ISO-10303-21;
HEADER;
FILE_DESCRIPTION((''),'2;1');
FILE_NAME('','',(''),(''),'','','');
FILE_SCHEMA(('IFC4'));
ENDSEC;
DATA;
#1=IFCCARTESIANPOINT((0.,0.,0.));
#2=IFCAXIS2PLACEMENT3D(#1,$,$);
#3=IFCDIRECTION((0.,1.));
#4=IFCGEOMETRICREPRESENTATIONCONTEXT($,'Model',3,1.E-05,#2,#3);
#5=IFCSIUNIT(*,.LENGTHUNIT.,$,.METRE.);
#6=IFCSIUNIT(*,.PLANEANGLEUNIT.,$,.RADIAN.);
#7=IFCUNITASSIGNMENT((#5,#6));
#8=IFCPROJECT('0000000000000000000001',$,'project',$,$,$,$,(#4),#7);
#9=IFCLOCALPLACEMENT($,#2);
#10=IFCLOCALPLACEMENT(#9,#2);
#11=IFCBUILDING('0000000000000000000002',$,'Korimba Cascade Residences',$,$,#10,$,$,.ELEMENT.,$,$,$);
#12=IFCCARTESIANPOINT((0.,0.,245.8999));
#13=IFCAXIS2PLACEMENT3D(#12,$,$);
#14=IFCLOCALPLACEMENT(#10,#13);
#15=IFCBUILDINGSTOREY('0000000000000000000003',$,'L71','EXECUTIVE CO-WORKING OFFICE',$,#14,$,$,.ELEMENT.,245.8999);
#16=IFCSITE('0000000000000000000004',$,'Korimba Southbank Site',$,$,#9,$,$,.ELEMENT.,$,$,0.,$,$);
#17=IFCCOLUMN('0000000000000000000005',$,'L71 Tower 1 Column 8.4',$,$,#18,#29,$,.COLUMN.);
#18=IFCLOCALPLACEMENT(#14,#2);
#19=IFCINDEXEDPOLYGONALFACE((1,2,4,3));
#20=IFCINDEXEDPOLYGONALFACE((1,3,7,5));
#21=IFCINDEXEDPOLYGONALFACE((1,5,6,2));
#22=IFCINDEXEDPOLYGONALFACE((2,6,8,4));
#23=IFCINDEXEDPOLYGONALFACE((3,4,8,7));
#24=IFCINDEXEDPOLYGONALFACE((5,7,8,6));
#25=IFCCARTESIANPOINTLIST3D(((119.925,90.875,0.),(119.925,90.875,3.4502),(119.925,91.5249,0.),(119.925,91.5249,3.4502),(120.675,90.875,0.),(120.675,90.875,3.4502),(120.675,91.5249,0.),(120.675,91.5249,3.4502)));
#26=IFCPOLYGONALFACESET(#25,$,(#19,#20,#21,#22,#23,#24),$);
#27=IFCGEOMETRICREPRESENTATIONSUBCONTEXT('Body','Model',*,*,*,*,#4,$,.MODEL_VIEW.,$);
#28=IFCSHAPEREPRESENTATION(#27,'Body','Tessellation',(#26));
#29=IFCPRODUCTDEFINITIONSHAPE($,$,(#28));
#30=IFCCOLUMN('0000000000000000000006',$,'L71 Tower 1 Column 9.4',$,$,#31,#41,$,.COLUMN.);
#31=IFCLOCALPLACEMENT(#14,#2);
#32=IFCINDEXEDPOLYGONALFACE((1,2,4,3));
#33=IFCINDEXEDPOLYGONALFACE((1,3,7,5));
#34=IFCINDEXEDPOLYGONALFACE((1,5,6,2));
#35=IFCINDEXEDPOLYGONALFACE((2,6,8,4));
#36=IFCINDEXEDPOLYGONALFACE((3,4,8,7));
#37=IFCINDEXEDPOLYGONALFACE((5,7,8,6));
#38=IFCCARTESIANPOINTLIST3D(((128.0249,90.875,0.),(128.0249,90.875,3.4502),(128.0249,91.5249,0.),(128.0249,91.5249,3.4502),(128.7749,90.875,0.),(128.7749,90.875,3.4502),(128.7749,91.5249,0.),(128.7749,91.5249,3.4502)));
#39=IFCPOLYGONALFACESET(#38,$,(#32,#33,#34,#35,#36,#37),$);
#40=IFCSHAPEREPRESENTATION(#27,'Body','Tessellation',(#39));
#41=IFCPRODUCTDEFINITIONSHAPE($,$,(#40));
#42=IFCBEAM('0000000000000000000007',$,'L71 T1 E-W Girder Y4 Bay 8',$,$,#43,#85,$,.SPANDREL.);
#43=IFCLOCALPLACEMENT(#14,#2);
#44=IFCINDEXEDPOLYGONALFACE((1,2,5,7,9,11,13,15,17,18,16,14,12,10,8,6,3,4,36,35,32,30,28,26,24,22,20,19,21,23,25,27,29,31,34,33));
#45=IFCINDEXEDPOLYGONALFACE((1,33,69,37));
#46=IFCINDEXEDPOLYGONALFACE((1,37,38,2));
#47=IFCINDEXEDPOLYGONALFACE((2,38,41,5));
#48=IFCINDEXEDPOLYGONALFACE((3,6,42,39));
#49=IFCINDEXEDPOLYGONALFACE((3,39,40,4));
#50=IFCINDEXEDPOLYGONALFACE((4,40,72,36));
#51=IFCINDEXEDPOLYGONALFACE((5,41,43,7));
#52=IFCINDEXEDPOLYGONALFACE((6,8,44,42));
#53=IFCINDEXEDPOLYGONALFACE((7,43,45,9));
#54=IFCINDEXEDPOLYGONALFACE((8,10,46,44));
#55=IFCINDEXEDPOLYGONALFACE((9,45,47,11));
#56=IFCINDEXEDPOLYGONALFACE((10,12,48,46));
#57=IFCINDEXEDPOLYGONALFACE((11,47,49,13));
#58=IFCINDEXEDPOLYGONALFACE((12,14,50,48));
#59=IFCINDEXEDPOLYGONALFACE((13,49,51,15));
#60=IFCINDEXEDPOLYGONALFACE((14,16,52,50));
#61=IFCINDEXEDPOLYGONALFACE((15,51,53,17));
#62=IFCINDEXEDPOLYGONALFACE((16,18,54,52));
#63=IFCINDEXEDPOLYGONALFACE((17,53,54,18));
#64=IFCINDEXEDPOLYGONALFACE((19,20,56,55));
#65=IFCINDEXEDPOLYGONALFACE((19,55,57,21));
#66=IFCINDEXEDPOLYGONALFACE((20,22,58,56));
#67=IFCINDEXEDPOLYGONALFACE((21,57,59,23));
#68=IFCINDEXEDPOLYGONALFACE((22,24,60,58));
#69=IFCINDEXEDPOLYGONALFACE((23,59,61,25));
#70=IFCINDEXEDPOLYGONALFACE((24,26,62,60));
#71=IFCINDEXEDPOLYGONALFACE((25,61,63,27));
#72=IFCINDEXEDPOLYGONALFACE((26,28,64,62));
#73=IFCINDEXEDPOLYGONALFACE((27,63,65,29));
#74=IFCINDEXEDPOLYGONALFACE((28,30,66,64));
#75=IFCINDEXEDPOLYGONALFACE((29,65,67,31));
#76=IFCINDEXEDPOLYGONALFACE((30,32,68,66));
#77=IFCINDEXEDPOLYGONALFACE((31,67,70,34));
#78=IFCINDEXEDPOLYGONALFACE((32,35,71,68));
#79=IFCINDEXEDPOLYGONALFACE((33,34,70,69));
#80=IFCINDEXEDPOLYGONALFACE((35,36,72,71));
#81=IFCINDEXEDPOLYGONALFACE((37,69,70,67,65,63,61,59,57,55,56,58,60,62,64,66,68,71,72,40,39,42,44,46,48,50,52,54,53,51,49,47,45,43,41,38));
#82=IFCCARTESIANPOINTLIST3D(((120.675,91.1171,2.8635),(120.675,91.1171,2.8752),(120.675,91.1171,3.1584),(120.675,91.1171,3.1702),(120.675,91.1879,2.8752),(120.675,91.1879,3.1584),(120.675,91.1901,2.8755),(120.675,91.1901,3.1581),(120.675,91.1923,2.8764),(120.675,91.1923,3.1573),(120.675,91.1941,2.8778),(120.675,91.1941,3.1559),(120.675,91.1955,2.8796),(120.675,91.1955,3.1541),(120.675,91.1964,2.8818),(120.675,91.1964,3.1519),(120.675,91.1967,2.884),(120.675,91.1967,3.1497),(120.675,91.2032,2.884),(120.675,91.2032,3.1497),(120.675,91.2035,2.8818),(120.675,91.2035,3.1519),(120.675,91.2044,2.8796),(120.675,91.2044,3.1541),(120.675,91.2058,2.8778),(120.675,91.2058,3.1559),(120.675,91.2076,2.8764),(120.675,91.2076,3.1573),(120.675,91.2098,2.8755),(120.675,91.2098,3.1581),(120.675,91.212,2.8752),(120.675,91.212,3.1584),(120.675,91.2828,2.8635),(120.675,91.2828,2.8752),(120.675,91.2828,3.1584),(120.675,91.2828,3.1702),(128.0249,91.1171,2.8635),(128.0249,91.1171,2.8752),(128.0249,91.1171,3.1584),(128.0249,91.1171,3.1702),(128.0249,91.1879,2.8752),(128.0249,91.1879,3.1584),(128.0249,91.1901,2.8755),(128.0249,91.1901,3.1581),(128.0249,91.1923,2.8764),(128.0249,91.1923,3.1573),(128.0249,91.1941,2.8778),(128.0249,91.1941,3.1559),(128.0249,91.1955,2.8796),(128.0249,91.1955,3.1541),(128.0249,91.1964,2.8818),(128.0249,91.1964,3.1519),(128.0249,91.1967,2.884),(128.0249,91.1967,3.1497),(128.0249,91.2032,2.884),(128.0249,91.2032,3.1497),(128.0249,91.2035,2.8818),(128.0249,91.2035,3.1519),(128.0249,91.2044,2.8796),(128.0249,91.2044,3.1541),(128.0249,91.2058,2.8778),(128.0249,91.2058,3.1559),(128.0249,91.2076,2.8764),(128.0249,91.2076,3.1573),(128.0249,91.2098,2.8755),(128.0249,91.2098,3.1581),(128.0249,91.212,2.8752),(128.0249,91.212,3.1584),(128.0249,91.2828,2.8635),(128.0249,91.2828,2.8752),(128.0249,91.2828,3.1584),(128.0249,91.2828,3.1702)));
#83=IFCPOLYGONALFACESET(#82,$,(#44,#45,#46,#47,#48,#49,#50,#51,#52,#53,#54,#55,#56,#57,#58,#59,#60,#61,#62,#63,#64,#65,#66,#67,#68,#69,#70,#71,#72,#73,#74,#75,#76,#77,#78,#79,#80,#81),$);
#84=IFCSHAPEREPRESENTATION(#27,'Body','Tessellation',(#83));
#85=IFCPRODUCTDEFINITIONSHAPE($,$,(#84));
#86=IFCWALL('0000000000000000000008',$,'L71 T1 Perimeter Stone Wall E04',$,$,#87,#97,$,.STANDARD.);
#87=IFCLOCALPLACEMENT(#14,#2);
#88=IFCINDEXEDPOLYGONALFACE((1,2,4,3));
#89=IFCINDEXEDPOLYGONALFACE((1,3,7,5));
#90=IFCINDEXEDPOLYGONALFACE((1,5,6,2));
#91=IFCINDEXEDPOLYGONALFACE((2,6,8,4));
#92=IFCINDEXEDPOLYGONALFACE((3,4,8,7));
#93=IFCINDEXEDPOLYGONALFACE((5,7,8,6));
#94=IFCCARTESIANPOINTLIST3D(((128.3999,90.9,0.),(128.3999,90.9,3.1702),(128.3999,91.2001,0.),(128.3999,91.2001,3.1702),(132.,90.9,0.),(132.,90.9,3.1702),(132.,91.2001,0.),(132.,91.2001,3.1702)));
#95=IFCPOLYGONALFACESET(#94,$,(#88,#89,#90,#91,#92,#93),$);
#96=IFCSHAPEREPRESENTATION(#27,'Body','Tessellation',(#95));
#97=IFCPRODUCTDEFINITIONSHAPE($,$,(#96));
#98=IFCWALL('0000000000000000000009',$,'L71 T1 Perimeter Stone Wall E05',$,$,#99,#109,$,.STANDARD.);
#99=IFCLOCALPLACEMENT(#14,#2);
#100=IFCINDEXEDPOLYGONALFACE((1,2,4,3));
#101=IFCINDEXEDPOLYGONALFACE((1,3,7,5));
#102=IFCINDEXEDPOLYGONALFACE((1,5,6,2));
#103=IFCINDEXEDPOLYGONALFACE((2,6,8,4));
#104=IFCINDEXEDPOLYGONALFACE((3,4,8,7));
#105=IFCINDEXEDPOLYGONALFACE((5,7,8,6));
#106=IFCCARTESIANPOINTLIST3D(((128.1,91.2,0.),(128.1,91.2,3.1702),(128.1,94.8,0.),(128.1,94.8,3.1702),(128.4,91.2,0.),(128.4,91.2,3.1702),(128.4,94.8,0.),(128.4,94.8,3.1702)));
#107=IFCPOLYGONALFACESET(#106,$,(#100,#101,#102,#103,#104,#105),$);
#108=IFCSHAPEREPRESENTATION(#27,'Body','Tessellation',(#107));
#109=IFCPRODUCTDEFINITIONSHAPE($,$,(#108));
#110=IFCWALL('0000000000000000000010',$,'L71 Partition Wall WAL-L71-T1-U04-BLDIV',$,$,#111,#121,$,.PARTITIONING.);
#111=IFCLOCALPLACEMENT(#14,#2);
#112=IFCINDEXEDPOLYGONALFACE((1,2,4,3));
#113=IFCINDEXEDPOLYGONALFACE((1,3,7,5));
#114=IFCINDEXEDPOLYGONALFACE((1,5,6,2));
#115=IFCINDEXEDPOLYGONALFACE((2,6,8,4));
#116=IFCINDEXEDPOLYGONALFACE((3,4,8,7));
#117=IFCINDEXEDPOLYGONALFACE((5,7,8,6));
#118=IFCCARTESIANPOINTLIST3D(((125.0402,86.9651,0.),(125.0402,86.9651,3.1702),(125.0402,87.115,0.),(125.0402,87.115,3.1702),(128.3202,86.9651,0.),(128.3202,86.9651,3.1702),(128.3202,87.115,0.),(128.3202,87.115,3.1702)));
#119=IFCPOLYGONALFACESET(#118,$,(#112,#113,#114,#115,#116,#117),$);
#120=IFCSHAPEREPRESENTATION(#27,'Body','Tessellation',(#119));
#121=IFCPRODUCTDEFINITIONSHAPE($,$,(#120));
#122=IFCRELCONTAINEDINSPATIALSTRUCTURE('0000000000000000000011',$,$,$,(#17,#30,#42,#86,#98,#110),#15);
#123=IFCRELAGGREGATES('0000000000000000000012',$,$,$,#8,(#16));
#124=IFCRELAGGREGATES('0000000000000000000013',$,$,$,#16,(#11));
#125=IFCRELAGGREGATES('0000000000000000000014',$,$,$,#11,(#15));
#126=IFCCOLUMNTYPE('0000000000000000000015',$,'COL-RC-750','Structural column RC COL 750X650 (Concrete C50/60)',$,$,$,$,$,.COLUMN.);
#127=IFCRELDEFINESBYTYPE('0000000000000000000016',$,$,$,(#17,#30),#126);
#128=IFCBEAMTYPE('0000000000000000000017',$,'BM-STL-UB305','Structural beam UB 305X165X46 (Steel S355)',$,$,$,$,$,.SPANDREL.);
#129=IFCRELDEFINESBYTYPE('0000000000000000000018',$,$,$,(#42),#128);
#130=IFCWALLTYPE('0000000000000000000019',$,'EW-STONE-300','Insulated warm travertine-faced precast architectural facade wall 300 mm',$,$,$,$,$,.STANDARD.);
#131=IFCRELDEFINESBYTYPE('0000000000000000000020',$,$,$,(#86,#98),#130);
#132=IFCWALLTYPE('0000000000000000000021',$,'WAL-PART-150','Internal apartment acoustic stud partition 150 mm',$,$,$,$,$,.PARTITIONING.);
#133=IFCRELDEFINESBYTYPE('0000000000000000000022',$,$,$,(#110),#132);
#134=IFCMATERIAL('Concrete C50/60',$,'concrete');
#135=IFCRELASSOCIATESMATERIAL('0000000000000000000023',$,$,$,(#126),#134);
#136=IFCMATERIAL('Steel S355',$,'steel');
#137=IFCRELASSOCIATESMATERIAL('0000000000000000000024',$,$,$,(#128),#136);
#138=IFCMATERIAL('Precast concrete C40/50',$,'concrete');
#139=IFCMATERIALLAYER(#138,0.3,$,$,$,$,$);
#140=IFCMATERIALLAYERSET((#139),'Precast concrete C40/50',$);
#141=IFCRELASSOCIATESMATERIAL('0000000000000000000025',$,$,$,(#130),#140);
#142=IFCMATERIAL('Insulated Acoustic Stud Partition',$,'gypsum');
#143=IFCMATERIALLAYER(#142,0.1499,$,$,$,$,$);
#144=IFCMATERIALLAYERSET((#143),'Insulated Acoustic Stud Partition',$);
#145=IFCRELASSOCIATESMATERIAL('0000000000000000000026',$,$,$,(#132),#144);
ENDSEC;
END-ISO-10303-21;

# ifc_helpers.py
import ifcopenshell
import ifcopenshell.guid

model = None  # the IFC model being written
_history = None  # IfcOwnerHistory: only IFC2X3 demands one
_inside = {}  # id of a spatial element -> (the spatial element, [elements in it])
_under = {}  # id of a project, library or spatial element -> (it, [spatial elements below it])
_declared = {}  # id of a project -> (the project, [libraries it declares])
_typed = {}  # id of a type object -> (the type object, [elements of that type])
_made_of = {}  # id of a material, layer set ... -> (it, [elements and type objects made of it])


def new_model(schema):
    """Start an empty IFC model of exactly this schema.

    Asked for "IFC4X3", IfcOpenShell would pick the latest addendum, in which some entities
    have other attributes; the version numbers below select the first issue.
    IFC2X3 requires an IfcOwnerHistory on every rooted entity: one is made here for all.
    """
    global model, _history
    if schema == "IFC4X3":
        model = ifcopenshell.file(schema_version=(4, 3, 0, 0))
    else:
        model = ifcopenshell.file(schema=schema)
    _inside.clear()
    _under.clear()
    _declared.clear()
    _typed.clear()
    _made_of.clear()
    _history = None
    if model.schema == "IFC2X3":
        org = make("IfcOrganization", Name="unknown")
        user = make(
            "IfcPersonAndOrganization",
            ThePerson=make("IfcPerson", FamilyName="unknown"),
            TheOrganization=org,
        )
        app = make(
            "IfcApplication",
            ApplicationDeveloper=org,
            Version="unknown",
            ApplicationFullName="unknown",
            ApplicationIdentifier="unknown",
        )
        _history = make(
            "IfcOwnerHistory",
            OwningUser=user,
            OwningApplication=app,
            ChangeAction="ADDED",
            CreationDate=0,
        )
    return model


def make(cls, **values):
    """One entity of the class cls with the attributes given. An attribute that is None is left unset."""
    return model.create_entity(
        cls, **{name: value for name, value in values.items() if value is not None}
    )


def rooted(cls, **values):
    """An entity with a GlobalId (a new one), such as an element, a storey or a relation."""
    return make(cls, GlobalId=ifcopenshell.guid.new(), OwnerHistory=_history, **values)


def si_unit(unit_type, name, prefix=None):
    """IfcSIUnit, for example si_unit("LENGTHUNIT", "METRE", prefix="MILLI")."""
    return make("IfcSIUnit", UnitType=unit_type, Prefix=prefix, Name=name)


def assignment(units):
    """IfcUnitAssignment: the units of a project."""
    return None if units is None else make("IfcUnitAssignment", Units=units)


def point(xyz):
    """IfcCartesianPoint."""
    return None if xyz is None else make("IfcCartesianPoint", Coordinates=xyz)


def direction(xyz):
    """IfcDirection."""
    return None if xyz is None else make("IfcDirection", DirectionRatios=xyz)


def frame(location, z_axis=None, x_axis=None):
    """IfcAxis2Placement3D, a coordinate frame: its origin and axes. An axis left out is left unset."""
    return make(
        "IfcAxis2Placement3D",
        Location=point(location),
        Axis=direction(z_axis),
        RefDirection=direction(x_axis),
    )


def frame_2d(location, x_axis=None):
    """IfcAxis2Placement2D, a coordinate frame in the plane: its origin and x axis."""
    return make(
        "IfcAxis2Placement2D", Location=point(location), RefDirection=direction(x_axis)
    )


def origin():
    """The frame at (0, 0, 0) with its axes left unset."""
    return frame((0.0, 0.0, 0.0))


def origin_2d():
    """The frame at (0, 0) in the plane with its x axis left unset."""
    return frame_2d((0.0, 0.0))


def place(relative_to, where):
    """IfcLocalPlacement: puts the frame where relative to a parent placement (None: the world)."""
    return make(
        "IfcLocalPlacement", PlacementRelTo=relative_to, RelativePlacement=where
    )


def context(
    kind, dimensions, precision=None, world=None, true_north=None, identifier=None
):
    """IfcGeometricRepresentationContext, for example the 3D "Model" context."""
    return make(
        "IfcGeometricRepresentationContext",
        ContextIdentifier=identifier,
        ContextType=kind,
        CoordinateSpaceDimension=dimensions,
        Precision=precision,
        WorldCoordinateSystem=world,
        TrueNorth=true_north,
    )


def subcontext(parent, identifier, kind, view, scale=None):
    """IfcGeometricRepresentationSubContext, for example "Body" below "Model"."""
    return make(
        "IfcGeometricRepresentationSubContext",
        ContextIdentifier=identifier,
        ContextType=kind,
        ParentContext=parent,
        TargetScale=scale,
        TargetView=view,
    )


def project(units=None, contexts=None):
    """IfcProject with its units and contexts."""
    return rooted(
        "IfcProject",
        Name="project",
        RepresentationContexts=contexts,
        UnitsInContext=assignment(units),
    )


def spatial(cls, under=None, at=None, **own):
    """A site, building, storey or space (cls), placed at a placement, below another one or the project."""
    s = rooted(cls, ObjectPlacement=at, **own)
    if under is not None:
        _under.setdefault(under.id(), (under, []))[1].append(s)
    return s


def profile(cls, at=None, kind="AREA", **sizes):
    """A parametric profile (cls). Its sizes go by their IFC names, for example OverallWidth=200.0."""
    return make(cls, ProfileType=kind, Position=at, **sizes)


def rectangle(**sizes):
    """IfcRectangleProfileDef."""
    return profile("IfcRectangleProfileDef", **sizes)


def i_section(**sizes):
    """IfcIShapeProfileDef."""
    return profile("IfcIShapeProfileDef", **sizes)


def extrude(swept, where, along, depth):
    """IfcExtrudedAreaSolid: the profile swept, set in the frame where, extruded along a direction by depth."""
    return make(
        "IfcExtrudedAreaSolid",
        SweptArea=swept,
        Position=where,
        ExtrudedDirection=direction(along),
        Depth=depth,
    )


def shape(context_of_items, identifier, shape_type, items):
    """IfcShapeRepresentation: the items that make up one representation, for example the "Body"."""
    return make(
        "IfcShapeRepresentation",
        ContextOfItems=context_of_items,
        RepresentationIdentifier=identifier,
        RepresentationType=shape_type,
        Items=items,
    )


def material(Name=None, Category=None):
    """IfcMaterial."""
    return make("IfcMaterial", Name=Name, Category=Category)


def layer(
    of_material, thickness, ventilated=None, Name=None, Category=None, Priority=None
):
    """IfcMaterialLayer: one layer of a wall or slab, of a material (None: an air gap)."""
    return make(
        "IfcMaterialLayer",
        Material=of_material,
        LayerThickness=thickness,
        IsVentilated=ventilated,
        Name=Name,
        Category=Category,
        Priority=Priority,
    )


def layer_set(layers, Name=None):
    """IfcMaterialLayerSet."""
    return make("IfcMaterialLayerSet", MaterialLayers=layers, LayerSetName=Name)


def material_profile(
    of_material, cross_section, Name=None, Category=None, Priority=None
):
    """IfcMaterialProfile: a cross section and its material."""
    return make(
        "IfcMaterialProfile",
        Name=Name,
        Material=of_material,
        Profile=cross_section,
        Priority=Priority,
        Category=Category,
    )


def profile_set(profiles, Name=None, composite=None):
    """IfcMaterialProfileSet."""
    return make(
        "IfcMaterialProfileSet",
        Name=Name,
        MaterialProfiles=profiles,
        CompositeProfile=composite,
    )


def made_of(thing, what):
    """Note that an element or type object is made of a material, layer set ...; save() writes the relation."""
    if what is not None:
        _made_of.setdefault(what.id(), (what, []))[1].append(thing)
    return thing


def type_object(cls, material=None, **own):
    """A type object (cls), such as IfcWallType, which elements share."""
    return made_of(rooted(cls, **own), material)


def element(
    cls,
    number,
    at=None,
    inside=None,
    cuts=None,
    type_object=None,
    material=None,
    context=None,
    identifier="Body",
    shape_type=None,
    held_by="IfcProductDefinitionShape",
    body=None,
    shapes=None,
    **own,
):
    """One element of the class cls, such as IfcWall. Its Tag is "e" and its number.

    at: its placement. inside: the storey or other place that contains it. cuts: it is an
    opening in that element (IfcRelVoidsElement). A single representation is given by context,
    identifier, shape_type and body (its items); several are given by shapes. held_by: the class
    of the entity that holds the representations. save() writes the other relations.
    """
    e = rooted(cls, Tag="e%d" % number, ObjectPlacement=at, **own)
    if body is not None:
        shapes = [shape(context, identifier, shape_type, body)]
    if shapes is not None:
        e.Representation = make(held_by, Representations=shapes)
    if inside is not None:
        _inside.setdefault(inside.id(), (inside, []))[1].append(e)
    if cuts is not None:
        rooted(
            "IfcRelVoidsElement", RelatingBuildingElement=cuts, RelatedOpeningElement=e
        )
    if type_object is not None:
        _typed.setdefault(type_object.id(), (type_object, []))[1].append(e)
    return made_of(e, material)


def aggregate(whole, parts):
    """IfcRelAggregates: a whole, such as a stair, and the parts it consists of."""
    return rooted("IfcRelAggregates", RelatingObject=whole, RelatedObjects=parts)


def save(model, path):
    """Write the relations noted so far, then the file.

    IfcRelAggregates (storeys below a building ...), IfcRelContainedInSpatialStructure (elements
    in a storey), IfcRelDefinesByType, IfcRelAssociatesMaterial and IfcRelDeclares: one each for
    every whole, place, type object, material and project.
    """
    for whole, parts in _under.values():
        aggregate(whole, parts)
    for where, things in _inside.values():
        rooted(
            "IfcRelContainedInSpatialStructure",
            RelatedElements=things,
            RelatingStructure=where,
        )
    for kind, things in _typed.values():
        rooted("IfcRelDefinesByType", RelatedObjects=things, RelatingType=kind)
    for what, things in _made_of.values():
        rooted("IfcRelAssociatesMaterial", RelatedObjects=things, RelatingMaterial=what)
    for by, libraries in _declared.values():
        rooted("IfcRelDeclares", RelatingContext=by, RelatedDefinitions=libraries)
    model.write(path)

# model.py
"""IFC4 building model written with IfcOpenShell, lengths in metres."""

from ifc_helpers import new_model, si_unit, direction, frame, frame_2d, origin, origin_2d, place, context, subcontext, project, spatial, rectangle, i_section, extrude, material, layer, layer_set, material_profile, profile_set, type_object, element, save


model = new_model("IFC4")

# Units and contexts
model_context = context("Model", 3, precision=1e-05, world=origin(), true_north=direction((0.0, 1.0)))
body_context = subcontext(model_context, "Body", "Model", "MODEL_VIEW")
ifc_project = project(units=[si_unit("LENGTHUNIT", "METRE"), si_unit("PLANEANGLEUNIT", "RADIAN")], contexts=[model_context])

# Site, building, storey
site_placement = place(None, origin())
site = spatial("IfcSite", under=ifc_project, at=site_placement, Name="Korimba Southbank Site", CompositionType="ELEMENT", RefElevation=0.0)
building_placement = place(site_placement, origin())
building = spatial("IfcBuilding", under=site, at=building_placement, Name="Korimba Cascade Residences", CompositionType="ELEMENT")
storey_placement = place(building_placement, frame((0.0, 0.0, 245.8999)))
storey = spatial("IfcBuildingStorey", under=building, at=storey_placement, Name="L71", Description="EXECUTIVE CO-WORKING OFFICE", CompositionType="ELEMENT", Elevation=245.8999)

# Columns
ifc_material_1 = material(Name="Concrete C50/60", Category="concrete")
ifc_material_profile_1 = material_profile(ifc_material_1, rectangle(XDim=0.75, YDim=0.6499, at=origin_2d()), Name="Concrete C50/60")
ifc_profile_set_1 = profile_set([ifc_material_profile_1], Name="Concrete C50/60")
column_type = type_object("IfcColumnType", Name="COL-RC-750", Description="Structural column RC COL 750X650 (Concrete C50/60)", PredefinedType="COLUMN", material=ifc_profile_set_1)
for number, where, z_axis, x_axis, name in (
    (1, (120.3, 91.2, 0.0), (0.0, 0.0, 1.0), (1.0, 0.0, 0.0), "L71 Tower 1 Column 8.4"),
    (2, (128.3999, 91.2, 0.0), (0.0, 0.0, 1.0), (1.0, 0.0, 0.0), "L71 Tower 1 Column 9.4"),
):
    element("IfcColumn", number, at=place(storey_placement, frame(where, z_axis=z_axis, x_axis=x_axis)), inside=storey, type_object=column_type, Name=name, PredefinedType="COLUMN", context=body_context, shape_type="SweptSolid", body=[
        extrude(rectangle(XDim=0.75, YDim=0.6499, at=origin_2d()), origin(), (0.0, 0.0, 1.0), 3.4502),
    ])

# Beam
ifc_material_2 = material(Name="Steel S355", Category="steel")
ifc_material_profile_2 = material_profile(ifc_material_2, i_section(OverallWidth=0.1658, OverallDepth=0.3066, WebThickness=0.0066, FlangeThickness=0.0117, FilletRadius=0.0088, at=origin_2d()), Name="Steel S355")
ifc_profile_set_2 = profile_set([ifc_material_profile_2], Name="Steel S355")
beam_type = type_object("IfcBeamType", Name="BM-STL-UB305", Description="Structural beam UB 305X165X46 (Steel S355)", PredefinedType="SPANDREL", material=ifc_profile_set_2)
beam_placement = place(storey_placement, frame((120.675, 91.2, 3.0168), z_axis=(1.0, 0.0, 0.0), x_axis=(0.0, 1.0, 0.0)))
element("IfcBeam", 3, at=beam_placement, inside=storey, type_object=beam_type, Name="L71 T1 E-W Girder Y4 Bay 8", PredefinedType="SPANDREL", context=body_context, shape_type="SweptSolid", body=[
    extrude(i_section(OverallWidth=0.1658, OverallDepth=0.3066, WebThickness=0.0066, FlangeThickness=0.0117, FilletRadius=0.0088, at=origin_2d()), origin(), (0.0, 0.0, 1.0), 7.3499),
])

# Shared definitions
ifc_material_3 = material(Name="Precast concrete C40/50", Category="concrete")

# Walls
ifc_layer_1 = layer(ifc_material_3, 0.3)
ifc_layer_set_1 = layer_set([ifc_layer_1], Name="Precast concrete C40/50")
wall_type_1 = type_object("IfcWallType", Name="EW-STONE-300", Description="Insulated warm travertine-faced precast architectural facade wall 300 mm", PredefinedType="STANDARD", material=ifc_layer_set_1)
for number, where, z_axis, x_axis, name in (
    (4, (132.0, 91.05, 0.0), (0.0, 0.0, 1.0), (-1.0, 0.0, 0.0), "L71 T1 Perimeter Stone Wall E04"),
    (5, (128.25, 91.2, 0.0), (0.0, 0.0, 1.0), (0.0, 1.0, 0.0), "L71 T1 Perimeter Stone Wall E05"),
):
    element("IfcWall", number, at=place(storey_placement, frame(where, z_axis=z_axis, x_axis=x_axis)), inside=storey, type_object=wall_type_1, Name=name, PredefinedType="STANDARD", context=body_context, shape_type="SweptSolid", body=[
        extrude(rectangle(XDim=3.6001, YDim=0.3, at=frame_2d((1.8, 0.0))), origin(), (0.0, 0.0, 1.0), 3.1702),
    ])
ifc_material_4 = material(Name="Insulated Acoustic Stud Partition", Category="gypsum")
ifc_layer_2 = layer(ifc_material_4, 0.1499)
ifc_layer_set_2 = layer_set([ifc_layer_2], Name="Insulated Acoustic Stud Partition")
wall_type_2 = type_object("IfcWallType", Name="WAL-PART-150", Description="Internal apartment acoustic stud partition 150 mm", PredefinedType="PARTITIONING", material=ifc_layer_set_2)
wall_1_placement = place(storey_placement, frame((125.04, 87.04, 0.0), z_axis=(0.0, 0.0, 1.0), x_axis=(1.0, 0.0, 0.0)))
element("IfcWall", 6, at=wall_1_placement, inside=storey, type_object=wall_type_2, Name="L71 Partition Wall WAL-L71-T1-U04-BLDIV", PredefinedType="PARTITIONING", context=body_context, shape_type="SweptSolid", body=[
    extrude(rectangle(XDim=3.28, YDim=0.1499, at=frame_2d((1.6401, 0.0))), origin(), (0.0, 0.0, 1.0), 3.1702),
])

save(model, "model.ifc")
